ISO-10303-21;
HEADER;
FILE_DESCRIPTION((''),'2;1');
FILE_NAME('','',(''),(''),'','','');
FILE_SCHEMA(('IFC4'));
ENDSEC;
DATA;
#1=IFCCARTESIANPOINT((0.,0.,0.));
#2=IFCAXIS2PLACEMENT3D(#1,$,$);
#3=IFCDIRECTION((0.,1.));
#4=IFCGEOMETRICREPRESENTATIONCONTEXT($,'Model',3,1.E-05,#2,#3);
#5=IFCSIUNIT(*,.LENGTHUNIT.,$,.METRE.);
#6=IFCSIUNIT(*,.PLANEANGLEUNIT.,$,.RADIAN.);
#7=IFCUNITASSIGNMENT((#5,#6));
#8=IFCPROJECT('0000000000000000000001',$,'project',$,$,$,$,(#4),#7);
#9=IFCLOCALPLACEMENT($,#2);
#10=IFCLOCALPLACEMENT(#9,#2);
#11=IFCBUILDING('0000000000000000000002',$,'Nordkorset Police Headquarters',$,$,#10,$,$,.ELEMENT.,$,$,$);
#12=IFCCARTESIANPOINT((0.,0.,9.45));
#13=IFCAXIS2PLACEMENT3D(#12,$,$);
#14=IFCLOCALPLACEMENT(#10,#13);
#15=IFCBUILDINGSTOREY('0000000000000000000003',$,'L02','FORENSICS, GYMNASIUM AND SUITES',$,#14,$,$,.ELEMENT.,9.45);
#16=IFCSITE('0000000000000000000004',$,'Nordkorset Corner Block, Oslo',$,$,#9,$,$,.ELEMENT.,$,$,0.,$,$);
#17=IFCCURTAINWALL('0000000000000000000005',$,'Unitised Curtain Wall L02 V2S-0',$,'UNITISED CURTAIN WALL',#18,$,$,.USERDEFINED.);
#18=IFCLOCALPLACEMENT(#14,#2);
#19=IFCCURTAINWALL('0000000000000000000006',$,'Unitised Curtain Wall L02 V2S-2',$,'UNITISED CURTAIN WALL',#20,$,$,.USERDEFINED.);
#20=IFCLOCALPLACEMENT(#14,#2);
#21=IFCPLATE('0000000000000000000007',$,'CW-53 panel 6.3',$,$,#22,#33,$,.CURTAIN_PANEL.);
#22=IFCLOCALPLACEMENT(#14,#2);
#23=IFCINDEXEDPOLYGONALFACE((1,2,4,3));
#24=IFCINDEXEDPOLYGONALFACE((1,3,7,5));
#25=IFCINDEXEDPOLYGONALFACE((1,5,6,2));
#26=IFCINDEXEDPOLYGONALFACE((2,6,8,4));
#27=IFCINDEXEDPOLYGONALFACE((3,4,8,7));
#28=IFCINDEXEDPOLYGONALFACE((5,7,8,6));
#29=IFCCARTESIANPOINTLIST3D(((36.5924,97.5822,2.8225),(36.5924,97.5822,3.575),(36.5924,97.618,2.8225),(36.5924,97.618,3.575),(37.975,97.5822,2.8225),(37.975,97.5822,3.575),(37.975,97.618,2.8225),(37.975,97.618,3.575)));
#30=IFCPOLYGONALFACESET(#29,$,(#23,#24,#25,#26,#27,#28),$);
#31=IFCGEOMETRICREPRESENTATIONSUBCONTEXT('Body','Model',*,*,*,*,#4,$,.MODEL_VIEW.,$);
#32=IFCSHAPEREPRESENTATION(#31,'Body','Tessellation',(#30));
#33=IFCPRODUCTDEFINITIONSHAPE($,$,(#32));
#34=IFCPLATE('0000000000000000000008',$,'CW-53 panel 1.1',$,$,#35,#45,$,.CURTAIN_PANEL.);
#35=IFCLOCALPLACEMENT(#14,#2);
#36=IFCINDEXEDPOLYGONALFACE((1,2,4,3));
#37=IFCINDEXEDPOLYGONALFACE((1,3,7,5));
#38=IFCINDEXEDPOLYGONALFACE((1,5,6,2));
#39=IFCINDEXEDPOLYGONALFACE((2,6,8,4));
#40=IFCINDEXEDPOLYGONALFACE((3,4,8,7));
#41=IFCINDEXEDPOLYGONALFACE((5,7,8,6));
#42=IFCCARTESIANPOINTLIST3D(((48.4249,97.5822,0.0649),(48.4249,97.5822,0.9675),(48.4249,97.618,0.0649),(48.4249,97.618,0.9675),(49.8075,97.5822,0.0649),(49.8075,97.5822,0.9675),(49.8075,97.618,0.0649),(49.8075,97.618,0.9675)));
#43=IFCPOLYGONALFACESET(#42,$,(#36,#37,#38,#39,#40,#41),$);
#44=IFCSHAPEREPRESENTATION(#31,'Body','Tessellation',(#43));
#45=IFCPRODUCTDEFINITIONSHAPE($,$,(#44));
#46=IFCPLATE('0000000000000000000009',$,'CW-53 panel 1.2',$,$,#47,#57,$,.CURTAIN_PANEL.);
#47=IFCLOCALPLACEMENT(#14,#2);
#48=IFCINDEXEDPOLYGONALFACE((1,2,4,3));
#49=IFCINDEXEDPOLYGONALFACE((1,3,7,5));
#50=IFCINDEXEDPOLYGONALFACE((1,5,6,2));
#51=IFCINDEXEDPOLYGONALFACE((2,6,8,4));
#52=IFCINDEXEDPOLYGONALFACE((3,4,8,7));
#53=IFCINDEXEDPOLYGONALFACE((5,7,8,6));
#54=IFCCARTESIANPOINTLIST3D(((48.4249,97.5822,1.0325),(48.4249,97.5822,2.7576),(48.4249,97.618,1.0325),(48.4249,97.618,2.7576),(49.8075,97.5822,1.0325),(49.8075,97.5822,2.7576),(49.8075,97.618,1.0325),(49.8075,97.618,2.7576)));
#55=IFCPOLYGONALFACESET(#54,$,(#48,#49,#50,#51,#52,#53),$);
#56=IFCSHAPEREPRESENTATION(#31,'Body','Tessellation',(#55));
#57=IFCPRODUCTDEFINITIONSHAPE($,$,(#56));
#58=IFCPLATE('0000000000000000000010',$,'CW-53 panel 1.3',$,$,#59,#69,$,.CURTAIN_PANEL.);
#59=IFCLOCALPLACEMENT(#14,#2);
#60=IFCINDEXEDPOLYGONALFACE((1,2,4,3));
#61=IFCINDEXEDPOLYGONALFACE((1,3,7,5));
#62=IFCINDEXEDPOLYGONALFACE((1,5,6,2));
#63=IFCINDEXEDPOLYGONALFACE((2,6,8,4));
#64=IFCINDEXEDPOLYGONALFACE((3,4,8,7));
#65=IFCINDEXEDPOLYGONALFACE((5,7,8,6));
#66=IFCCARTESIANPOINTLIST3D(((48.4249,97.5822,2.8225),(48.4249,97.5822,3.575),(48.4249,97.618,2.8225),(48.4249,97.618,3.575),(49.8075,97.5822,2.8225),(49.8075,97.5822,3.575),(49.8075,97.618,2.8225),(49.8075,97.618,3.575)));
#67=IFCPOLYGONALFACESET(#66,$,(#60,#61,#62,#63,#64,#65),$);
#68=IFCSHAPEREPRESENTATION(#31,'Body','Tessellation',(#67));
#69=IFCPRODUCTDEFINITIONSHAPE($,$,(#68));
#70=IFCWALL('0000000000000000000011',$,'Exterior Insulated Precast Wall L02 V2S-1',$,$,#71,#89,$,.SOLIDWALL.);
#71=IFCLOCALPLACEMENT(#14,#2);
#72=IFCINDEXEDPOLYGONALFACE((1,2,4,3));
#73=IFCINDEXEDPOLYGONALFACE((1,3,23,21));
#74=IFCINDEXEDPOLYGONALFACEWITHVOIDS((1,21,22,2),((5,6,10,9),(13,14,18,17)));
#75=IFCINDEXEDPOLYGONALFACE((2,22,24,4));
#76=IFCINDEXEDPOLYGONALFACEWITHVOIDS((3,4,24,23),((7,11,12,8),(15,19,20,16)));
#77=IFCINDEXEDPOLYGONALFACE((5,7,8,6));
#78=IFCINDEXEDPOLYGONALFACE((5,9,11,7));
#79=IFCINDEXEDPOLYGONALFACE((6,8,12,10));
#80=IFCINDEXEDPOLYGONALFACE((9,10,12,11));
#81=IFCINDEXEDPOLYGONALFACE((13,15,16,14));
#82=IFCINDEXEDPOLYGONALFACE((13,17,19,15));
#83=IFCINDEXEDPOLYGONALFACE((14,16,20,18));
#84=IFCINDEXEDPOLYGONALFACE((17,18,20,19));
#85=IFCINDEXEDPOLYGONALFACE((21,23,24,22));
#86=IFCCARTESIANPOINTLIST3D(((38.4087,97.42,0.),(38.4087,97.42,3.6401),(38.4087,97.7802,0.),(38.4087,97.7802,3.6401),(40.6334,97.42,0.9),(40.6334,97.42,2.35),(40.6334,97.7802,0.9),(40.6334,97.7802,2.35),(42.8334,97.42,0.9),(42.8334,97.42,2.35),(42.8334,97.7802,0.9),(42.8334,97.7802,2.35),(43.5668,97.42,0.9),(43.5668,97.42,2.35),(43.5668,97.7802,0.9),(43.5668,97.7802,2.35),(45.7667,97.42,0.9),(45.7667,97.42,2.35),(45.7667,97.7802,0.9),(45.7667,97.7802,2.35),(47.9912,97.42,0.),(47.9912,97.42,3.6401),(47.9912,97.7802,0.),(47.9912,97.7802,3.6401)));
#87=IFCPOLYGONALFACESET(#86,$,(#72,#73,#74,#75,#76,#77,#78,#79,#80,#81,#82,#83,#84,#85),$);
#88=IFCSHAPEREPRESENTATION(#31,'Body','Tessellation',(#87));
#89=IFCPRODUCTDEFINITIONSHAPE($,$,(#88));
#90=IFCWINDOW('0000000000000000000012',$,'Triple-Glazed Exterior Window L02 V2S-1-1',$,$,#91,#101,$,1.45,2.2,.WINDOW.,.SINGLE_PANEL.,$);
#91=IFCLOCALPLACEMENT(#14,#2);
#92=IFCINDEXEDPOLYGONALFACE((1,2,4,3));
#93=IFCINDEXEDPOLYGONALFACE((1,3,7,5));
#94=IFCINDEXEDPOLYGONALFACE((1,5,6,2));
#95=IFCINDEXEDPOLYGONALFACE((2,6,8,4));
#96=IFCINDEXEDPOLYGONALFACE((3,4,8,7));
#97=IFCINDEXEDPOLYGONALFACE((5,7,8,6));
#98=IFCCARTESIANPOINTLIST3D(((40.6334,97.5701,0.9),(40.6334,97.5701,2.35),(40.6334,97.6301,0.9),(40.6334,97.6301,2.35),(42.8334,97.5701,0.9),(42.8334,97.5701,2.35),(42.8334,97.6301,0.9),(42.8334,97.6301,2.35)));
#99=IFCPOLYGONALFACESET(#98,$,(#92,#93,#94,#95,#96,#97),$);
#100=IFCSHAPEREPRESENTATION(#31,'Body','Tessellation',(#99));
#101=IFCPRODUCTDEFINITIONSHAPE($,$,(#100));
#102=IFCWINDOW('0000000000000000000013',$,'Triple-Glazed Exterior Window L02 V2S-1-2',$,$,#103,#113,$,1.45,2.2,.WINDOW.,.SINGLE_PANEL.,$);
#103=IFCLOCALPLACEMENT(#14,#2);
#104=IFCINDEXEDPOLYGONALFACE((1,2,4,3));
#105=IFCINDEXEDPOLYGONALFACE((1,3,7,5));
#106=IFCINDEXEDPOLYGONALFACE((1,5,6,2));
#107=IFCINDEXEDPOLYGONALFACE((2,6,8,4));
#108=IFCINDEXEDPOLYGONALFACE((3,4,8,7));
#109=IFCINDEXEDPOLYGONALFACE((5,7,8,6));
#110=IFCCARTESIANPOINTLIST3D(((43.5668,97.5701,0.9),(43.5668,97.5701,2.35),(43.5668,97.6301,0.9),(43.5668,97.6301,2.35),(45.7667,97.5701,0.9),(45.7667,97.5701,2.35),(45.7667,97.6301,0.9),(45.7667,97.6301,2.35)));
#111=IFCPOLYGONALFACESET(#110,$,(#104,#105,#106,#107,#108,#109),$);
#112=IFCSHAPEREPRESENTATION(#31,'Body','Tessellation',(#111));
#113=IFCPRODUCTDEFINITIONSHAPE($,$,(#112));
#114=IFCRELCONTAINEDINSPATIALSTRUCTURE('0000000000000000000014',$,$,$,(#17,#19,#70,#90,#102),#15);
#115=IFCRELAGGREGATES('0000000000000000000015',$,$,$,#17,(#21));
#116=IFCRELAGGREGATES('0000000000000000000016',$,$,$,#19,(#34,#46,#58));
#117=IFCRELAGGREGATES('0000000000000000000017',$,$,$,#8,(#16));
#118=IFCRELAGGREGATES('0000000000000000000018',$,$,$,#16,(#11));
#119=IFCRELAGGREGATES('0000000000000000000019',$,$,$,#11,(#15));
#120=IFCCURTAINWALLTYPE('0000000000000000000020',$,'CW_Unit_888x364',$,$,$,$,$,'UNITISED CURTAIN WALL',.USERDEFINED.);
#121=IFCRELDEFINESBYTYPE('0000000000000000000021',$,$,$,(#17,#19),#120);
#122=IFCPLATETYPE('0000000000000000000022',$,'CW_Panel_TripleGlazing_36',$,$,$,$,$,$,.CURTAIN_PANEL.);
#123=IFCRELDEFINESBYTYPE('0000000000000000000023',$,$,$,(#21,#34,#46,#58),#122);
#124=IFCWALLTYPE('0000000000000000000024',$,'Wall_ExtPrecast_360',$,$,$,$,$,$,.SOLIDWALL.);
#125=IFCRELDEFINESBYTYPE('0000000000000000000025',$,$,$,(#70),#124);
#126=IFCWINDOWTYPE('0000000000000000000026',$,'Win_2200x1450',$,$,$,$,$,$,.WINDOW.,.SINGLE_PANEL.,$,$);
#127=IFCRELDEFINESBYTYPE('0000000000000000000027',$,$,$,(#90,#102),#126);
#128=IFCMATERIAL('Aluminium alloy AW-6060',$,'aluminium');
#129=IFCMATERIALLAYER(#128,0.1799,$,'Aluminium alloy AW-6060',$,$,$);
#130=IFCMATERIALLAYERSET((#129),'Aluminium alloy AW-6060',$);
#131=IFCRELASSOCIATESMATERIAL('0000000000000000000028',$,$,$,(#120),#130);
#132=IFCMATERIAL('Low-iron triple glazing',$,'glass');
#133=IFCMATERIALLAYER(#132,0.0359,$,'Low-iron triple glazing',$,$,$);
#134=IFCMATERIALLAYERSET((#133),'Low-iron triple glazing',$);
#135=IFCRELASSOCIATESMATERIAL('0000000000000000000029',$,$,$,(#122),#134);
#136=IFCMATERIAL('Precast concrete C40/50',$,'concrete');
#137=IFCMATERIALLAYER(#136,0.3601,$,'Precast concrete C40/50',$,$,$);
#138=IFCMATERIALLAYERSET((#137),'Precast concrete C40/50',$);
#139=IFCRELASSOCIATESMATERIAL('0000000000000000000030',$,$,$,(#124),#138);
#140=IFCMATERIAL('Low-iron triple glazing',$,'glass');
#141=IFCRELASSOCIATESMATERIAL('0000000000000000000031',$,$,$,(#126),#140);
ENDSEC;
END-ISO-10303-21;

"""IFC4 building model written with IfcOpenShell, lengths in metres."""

from ifc_helpers import new_model, si_unit, direction, frame, frame_2d, origin, origin_2d, place, context, subcontext, project, spatial, rectangle, extrude, material, layer, layer_set, type_object, element, fill, aggregate, save


model = new_model("IFC4")

# Units and contexts
model_context = context("Model", 3, precision=1e-05, world=origin(), true_north=direction((0.0, 1.0)))
body_context = subcontext(model_context, "Body", "Model", "MODEL_VIEW")
ifc_project = project(units=[si_unit("LENGTHUNIT", "METRE"), si_unit("PLANEANGLEUNIT", "RADIAN")], contexts=[model_context])

# Site, building, storey
site_placement = place(None, origin())
site = spatial("IfcSite", under=ifc_project, at=site_placement, Name="Nordkorset Corner Block, Oslo", CompositionType="ELEMENT", RefElevation=0.0)
building_placement = place(site_placement, origin())
building = spatial("IfcBuilding", under=site, at=building_placement, Name="Nordkorset Police Headquarters", CompositionType="ELEMENT")
storey_placement = place(building_placement, frame((0.0, 0.0, 9.45)))
storey = spatial("IfcBuildingStorey", under=building, at=storey_placement, Name="L02", Description="FORENSICS, GYMNASIUM AND SUITES", CompositionType="ELEMENT", Elevation=9.45)

# Curtain walls
ifc_material_1 = material(Name="Aluminium alloy AW-6060", Category="aluminium")
ifc_layer_1 = layer(ifc_material_1, 0.1799, Name="Aluminium alloy AW-6060")
ifc_layer_set_1 = layer_set([ifc_layer_1], Name="Aluminium alloy AW-6060")
curtain_wall_type = type_object("IfcCurtainWallType", Name="CW_Unit_888x364", ElementType="UNITISED CURTAIN WALL", PredefinedType="USERDEFINED", material=ifc_layer_set_1)
curtain_wall_1_placement = place(storey_placement, origin())
curtain_wall_1 = element("IfcCurtainWall", 1, at=curtain_wall_1_placement, inside=storey, type_object=curtain_wall_type, Name="Unitised Curtain Wall L02 V2S-0", ObjectType="UNITISED CURTAIN WALL", PredefinedType="USERDEFINED")
curtain_wall_2_placement = place(storey_placement, origin())
curtain_wall_2 = element("IfcCurtainWall", 2, at=curtain_wall_2_placement, inside=storey, type_object=curtain_wall_type, Name="Unitised Curtain Wall L02 V2S-2", ObjectType="UNITISED CURTAIN WALL", PredefinedType="USERDEFINED")

# Plates
ifc_material_2 = material(Name="Low-iron triple glazing", Category="glass")
ifc_layer_2 = layer(ifc_material_2, 0.0359, Name="Low-iron triple glazing")
ifc_layer_set_2 = layer_set([ifc_layer_2], Name="Low-iron triple glazing")
plate_type = type_object("IfcPlateType", Name="CW_Panel_TripleGlazing_36", PredefinedType="CURTAIN_PANEL", material=ifc_layer_set_2)
plate_1_placement = place(storey_placement, frame((37.2837, 97.6001, 2.8225), z_axis=(0.0, 0.0, 1.0), x_axis=(1.0, 0.0, 0.0)))
plate_1 = element("IfcPlate", 3, at=plate_1_placement, type_object=plate_type, Name="CW-53 panel 6.3", PredefinedType="CURTAIN_PANEL", context=body_context, shape_type="SweptSolid", body=[
    extrude(rectangle(XDim=1.3826, YDim=0.0359, at=origin_2d()), origin(), (0.0, 0.0, 1.0), 0.7524),
])
aggregate(curtain_wall_1, [plate_1])
plate_2_placement = place(storey_placement, frame((49.1162, 97.6001, 0.0649), z_axis=(0.0, 0.0, 1.0), x_axis=(1.0, 0.0, 0.0)))
plate_2 = element("IfcPlate", 4, at=plate_2_placement, type_object=plate_type, Name="CW-53 panel 1.1", PredefinedType="CURTAIN_PANEL", context=body_context, shape_type="SweptSolid", body=[
    extrude(rectangle(XDim=1.3826, YDim=0.0359, at=origin_2d()), origin(), (0.0, 0.0, 1.0), 0.9026),
])
plate_3_placement = place(storey_placement, frame((49.1162, 97.6001, 1.0325), z_axis=(0.0, 0.0, 1.0), x_axis=(1.0, 0.0, 0.0)))
plate_3 = element("IfcPlate", 5, at=plate_3_placement, type_object=plate_type, Name="CW-53 panel 1.2", PredefinedType="CURTAIN_PANEL", context=body_context, shape_type="SweptSolid", body=[
    extrude(rectangle(XDim=1.3826, YDim=0.0359, at=origin_2d()), origin(), (0.0, 0.0, 1.0), 1.7251),
])
plate_4_placement = place(storey_placement, frame((49.1162, 97.6001, 2.8225), z_axis=(0.0, 0.0, 1.0), x_axis=(1.0, 0.0, 0.0)))
plate_4 = element("IfcPlate", 6, at=plate_4_placement, type_object=plate_type, Name="CW-53 panel 1.3", PredefinedType="CURTAIN_PANEL", context=body_context, shape_type="SweptSolid", body=[
    extrude(rectangle(XDim=1.3826, YDim=0.0359, at=origin_2d()), origin(), (0.0, 0.0, 1.0), 0.7524),
])
aggregate(curtain_wall_2, [plate_2, plate_3, plate_4])

# Wall, openings, windows
ifc_material_3 = material(Name="Precast concrete C40/50", Category="concrete")
ifc_layer_3 = layer(ifc_material_3, 0.3601, Name="Precast concrete C40/50")
ifc_layer_set_3 = layer_set([ifc_layer_3], Name="Precast concrete C40/50")
wall_type = type_object("IfcWallType", Name="Wall_ExtPrecast_360", PredefinedType="SOLIDWALL", material=ifc_layer_set_3)
wall_placement = place(storey_placement, frame((38.4087, 97.6001, 0.0), z_axis=(0.0, 0.0, 1.0), x_axis=(1.0, 0.0, 0.0)))
wall = element("IfcWall", 7, at=wall_placement, inside=storey, type_object=wall_type, Name="Exterior Insulated Precast Wall L02 V2S-1", PredefinedType="SOLIDWALL", context=body_context, shape_type="SweptSolid", body=[
    extrude(rectangle(XDim=9.5825, YDim=0.3601, at=frame_2d((4.7913, 0.0))), origin(), (0.0, 0.0, 1.0), 3.6401),
])
opening_1_placement = place(wall_placement, frame((2.2246, 0.0, 0.8999)))
opening_1 = element("IfcOpeningElement", 8, at=opening_1_placement, cuts=wall, PredefinedType="OPENING", context=body_context, shape_type="SweptSolid", body=[
    extrude(rectangle(XDim=2.2, YDim=1.45, at=frame_2d((1.1001, 0.7251))), frame((0.0, 0.1899, 0.0), z_axis=(0.0, -1.0, 0.0), x_axis=(1.0, 0.0, 0.0)), (0.0, 0.0, 1.0), 0.3801),
])
opening_2_placement = place(wall_placement, frame((5.158, 0.0, 0.8999)))
opening_2 = element("IfcOpeningElement", 9, at=opening_2_placement, cuts=wall, PredefinedType="OPENING", context=body_context, shape_type="SweptSolid", body=[
    extrude(rectangle(XDim=2.2, YDim=1.45, at=frame_2d((1.1001, 0.7251))), frame((0.0, 0.1899, 0.0), z_axis=(0.0, -1.0, 0.0), x_axis=(1.0, 0.0, 0.0)), (0.0, 0.0, 1.0), 0.3801),
])
ifc_material_4 = material(Name="Low-iron triple glazing", Category="glass")
window_type = type_object("IfcWindowType", Name="Win_2200x1450", PartitioningType="SINGLE_PANEL", PredefinedType="WINDOW", material=ifc_material_4)
window_1_placement = place(opening_1_placement, origin())
window_1 = element("IfcWindow", 10, at=window_1_placement, inside=storey, type_object=window_type, Name="Triple-Glazed Exterior Window L02 V2S-1-1", OverallHeight=1.45, OverallWidth=2.2, PartitioningType="SINGLE_PANEL", PredefinedType="WINDOW", context=body_context, shape_type="SweptSolid", body=[
    extrude(rectangle(XDim=2.2, YDim=1.45, at=frame_2d((1.1001, 0.7251))), frame((0.0, 0.03, 0.0), z_axis=(0.0, -1.0, 0.0), x_axis=(1.0, 0.0, 0.0)), (0.0, 0.0, 1.0), 0.0601),
])
fill(opening_1, window_1)
window_2_placement = place(opening_2_placement, origin())
window_2 = element("IfcWindow", 11, at=window_2_placement, inside=storey, type_object=window_type, Name="Triple-Glazed Exterior Window L02 V2S-1-2", OverallHeight=1.45, OverallWidth=2.2, PartitioningType="SINGLE_PANEL", PredefinedType="WINDOW", context=body_context, shape_type="SweptSolid", body=[
    extrude(rectangle(XDim=2.2, YDim=1.45, at=frame_2d((1.1001, 0.7251))), frame((0.0, 0.03, 0.0), z_axis=(0.0, -1.0, 0.0), x_axis=(1.0, 0.0, 0.0)), (0.0, 0.0, 1.0), 0.0601),
])
fill(opening_2, window_2)

save(model, "model.ifc")
